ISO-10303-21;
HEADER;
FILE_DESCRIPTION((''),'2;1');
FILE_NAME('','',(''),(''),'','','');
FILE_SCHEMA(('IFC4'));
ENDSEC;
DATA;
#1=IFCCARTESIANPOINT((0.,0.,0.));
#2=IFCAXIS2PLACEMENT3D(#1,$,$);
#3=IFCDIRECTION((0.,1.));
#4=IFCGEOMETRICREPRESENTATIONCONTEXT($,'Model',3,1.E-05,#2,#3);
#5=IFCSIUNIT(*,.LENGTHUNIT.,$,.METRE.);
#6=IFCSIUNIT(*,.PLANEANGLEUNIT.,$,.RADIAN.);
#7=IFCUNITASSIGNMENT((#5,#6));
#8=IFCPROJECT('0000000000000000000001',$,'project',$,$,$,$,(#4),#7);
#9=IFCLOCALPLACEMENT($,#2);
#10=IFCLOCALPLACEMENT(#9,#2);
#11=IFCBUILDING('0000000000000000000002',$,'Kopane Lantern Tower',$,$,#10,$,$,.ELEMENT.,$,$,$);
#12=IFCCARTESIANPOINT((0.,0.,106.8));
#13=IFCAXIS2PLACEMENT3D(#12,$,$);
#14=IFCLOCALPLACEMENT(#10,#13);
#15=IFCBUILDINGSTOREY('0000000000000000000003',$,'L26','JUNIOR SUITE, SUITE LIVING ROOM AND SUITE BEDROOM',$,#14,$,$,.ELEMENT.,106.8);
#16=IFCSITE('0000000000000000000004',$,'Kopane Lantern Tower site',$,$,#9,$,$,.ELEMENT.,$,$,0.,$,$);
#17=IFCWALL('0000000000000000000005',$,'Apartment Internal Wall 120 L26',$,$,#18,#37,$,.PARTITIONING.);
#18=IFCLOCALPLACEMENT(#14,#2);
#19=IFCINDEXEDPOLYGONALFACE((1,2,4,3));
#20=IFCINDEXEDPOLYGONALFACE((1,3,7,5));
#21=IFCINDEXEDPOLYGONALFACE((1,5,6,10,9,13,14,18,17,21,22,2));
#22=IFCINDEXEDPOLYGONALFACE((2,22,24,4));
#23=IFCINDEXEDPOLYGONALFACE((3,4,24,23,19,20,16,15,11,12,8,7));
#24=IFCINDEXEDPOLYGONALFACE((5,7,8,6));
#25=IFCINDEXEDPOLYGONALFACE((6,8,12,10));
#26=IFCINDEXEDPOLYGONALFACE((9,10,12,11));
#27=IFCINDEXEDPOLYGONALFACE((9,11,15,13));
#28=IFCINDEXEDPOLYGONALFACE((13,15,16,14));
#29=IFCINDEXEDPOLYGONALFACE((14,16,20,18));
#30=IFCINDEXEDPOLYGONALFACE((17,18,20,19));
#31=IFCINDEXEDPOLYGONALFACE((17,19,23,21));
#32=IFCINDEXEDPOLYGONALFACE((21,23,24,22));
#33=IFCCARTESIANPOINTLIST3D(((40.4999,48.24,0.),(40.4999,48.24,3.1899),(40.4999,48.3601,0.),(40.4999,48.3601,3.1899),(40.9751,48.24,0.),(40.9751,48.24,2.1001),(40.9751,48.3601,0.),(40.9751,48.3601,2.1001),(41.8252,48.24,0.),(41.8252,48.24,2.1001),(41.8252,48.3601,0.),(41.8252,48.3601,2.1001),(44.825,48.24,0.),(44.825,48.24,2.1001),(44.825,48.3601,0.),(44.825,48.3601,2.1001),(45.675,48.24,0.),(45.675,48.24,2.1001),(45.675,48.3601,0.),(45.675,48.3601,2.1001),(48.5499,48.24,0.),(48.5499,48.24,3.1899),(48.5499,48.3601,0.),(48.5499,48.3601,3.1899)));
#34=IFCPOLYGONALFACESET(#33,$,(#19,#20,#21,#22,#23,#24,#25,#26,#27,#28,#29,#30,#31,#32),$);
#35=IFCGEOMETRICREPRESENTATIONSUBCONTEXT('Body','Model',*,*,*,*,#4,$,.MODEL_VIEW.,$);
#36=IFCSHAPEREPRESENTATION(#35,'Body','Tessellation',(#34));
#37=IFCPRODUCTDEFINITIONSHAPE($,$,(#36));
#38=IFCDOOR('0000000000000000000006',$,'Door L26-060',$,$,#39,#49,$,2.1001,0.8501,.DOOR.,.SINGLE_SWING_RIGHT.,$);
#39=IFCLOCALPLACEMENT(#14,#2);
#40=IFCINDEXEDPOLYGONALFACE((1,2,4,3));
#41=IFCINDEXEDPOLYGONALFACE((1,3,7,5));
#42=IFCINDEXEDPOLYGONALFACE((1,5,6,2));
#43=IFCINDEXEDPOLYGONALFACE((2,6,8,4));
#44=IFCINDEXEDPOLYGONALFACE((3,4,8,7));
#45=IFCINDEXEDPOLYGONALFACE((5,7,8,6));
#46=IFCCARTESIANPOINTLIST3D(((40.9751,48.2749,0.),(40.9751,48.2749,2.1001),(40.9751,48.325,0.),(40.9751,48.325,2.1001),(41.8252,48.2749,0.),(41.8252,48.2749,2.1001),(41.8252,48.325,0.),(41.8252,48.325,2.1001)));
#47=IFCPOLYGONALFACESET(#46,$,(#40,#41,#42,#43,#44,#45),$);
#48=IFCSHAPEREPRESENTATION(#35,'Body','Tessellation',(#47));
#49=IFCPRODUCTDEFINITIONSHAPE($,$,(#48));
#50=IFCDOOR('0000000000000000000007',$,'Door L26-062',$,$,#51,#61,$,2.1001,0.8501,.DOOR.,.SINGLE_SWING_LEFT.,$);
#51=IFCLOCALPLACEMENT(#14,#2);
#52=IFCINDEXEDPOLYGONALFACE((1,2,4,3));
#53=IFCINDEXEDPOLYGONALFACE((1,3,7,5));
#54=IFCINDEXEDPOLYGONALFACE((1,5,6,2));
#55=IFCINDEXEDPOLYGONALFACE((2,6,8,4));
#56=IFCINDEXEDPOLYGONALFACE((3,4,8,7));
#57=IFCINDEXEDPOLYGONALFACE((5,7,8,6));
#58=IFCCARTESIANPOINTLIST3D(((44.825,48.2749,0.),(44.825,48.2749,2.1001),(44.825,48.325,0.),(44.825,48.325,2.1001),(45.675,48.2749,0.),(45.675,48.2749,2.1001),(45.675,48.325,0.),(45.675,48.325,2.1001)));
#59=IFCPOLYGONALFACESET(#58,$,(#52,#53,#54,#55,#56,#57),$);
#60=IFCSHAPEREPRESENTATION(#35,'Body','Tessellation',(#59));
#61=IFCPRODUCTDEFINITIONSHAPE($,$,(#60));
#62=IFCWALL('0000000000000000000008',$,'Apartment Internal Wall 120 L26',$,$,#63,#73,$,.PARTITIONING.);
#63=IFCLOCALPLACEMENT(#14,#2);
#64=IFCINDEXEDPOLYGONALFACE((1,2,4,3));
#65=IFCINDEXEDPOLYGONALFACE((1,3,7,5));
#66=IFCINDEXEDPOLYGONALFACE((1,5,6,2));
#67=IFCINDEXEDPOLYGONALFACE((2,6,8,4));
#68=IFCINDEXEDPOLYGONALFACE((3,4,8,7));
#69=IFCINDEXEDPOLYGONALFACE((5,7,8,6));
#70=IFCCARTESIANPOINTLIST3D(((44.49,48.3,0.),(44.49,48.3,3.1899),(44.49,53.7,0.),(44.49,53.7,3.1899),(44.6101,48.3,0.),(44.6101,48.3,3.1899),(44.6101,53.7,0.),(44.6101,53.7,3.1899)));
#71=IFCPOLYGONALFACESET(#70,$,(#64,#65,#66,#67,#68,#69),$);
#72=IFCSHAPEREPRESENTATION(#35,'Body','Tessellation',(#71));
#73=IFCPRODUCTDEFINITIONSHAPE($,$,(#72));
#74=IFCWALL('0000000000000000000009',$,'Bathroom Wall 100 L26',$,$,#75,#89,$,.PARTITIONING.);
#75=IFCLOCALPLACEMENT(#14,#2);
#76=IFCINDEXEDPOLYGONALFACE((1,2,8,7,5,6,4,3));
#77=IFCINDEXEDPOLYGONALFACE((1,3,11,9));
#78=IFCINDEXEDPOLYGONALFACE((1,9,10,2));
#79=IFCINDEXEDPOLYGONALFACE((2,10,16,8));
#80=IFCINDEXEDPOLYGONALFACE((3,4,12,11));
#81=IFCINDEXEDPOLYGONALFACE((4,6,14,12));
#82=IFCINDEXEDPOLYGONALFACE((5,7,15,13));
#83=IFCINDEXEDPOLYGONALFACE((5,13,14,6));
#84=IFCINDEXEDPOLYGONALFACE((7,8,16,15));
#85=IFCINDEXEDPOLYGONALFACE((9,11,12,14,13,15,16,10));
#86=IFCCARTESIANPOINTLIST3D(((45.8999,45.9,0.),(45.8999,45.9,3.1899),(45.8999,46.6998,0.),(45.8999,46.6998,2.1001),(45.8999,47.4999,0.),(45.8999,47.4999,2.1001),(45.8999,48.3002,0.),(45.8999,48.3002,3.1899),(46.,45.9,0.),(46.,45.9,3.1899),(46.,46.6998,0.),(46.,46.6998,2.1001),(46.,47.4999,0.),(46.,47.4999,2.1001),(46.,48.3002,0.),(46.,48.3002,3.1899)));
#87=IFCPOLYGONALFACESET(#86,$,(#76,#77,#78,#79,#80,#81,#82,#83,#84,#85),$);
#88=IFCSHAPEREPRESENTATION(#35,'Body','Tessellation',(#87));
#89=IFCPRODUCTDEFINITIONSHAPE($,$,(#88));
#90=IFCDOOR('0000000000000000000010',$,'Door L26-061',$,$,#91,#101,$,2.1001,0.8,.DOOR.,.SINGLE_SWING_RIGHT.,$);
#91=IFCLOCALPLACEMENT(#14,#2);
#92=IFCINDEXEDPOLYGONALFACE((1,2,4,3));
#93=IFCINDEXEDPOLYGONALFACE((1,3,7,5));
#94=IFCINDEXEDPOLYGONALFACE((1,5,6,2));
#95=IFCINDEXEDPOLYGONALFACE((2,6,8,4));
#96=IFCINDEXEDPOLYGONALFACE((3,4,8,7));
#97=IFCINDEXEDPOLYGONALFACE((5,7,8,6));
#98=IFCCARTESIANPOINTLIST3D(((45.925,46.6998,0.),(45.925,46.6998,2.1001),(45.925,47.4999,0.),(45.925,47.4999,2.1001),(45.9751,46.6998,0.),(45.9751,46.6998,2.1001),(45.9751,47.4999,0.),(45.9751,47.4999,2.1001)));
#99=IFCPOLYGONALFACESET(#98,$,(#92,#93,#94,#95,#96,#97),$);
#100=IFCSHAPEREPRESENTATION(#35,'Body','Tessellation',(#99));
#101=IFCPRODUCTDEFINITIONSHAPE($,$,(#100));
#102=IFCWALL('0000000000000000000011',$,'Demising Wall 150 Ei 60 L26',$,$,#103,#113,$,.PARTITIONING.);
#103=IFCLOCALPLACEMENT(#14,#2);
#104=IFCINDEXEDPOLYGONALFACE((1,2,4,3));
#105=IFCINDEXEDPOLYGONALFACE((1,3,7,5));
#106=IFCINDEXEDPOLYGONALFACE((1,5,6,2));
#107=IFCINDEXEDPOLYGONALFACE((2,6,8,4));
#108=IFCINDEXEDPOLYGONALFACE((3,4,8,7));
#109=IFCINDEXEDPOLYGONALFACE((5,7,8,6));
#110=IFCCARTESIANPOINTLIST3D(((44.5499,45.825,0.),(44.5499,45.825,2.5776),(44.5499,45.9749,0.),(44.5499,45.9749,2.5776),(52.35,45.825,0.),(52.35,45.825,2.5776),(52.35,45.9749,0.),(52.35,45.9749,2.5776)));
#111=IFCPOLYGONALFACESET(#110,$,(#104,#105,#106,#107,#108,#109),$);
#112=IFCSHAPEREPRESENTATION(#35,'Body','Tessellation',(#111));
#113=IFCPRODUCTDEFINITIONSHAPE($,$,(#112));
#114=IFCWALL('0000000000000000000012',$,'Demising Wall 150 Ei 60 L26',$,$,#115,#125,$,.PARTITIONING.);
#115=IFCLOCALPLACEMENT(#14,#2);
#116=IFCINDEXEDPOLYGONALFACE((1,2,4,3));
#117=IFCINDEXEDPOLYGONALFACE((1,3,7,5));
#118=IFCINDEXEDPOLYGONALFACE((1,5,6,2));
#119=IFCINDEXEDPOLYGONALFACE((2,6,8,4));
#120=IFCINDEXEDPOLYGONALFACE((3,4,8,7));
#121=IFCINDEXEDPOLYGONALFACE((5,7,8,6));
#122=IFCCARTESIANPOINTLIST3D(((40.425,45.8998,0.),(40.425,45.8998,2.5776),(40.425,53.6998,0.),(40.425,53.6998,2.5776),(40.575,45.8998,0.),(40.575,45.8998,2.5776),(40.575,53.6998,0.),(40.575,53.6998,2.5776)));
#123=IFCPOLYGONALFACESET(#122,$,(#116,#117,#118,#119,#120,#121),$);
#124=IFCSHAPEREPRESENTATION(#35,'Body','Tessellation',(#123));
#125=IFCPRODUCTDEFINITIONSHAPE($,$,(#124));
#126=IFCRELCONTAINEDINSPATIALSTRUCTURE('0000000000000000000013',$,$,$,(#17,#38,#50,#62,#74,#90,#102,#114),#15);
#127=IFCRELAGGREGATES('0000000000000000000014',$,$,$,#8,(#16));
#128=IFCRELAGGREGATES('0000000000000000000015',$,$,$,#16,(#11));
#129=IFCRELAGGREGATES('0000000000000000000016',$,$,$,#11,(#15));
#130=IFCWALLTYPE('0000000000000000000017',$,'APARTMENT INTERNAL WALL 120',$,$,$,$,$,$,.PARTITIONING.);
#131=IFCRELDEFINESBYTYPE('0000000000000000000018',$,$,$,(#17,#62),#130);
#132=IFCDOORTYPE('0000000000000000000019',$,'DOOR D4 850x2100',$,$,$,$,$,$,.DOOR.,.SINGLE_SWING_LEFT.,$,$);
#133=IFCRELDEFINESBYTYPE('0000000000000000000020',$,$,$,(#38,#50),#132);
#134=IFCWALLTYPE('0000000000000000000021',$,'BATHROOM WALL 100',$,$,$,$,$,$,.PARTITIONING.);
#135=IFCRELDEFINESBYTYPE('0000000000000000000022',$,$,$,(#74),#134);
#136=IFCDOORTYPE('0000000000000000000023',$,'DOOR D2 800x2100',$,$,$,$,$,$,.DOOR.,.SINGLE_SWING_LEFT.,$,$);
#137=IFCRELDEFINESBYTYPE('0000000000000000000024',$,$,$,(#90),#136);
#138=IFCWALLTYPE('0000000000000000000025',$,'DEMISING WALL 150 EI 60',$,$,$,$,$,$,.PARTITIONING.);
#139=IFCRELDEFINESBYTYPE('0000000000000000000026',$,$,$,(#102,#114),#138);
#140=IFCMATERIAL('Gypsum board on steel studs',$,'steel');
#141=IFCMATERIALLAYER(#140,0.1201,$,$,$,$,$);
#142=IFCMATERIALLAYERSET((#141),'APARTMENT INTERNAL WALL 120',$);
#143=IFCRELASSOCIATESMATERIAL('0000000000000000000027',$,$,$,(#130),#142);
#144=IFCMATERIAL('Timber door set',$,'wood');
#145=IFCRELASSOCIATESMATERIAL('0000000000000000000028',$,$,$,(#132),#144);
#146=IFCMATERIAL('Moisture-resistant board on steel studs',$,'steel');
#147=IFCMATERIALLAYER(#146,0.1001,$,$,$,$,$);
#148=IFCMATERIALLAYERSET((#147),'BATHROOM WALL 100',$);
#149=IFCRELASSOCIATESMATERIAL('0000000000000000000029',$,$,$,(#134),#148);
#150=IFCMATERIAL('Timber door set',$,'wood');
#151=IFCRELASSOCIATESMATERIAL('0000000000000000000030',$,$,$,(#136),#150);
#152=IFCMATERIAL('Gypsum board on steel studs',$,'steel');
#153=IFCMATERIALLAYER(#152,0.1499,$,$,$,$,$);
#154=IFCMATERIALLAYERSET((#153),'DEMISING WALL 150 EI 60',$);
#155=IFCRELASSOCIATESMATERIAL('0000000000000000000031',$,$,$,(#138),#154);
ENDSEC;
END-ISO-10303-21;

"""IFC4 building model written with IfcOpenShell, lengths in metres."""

from ifc_helpers import new_model, si_unit, direction, frame, frame_2d, origin, place, context, subcontext, project, spatial, rectangle, extrude, material, layer, layer_set, type_object, element, fill, save


model = new_model("IFC4")

# Units and contexts
model_context = context("Model", 3, precision=1e-05, world=origin(), true_north=direction((0.0, 1.0)))
body_context = subcontext(model_context, "Body", "Model", "MODEL_VIEW")
ifc_project = project(units=[si_unit("LENGTHUNIT", "METRE"), si_unit("PLANEANGLEUNIT", "RADIAN")], contexts=[model_context])

# Site, building, storey
site_placement = place(None, origin())
site = spatial("IfcSite", under=ifc_project, at=site_placement, Name="Kopane Lantern Tower site", CompositionType="ELEMENT", RefElevation=0.0)
building_placement = place(site_placement, origin())
building = spatial("IfcBuilding", under=site, at=building_placement, Name="Kopane Lantern Tower", CompositionType="ELEMENT")
storey_placement = place(building_placement, frame((0.0, 0.0, 106.8)))
storey = spatial("IfcBuildingStorey", under=building, at=storey_placement, Name="L26", Description="JUNIOR SUITE, SUITE LIVING ROOM AND SUITE BEDROOM", CompositionType="ELEMENT", Elevation=106.8)

# Wall, openings, doors
ifc_material_1 = material(Name="Gypsum board on steel studs", Category="steel")
ifc_layer_1 = layer(ifc_material_1, 0.1201)
ifc_layer_set_1 = layer_set([ifc_layer_1], Name="APARTMENT INTERNAL WALL 120")
wall_type_1 = type_object("IfcWallType", Name="APARTMENT INTERNAL WALL 120", PredefinedType="PARTITIONING", material=ifc_layer_set_1)
wall_1_placement = place(storey_placement, frame((40.5, 48.3, 0.0), z_axis=(0.0, 0.0, 1.0), x_axis=(1.0, 0.0, 0.0)))
wall_1 = element("IfcWall", 1, at=wall_1_placement, inside=storey, type_object=wall_type_1, Name="Apartment Internal Wall 120 L26", PredefinedType="PARTITIONING", context=body_context, shape_type="SweptSolid", body=[
    extrude(rectangle(XDim=8.05, YDim=0.1201, at=frame_2d((4.0249, 0.0))), origin(), (0.0, 0.0, 1.0), 3.1899),
])
opening_1_placement = place(wall_1_placement, frame((0.4751, 0.0, 0.0)))
opening_1 = element("IfcOpeningElement", 2, at=opening_1_placement, cuts=wall_1, PredefinedType="OPENING", context=body_context, shape_type="SweptSolid", body=[
    extrude(rectangle(XDim=0.8501, YDim=2.1001, at=frame_2d((0.425, 1.05))), frame((0.0, 0.0701, 0.0), z_axis=(0.0, -1.0, 0.0), x_axis=(1.0, 0.0, 0.0)), (0.0, 0.0, 1.0), 0.1401),
])
opening_2_placement = place(wall_1_placement, frame((4.325, 0.0, 0.0)))
opening_2 = element("IfcOpeningElement", 3, at=opening_2_placement, cuts=wall_1, PredefinedType="OPENING", context=body_context, shape_type="SweptSolid", body=[
    extrude(rectangle(XDim=0.8501, YDim=2.1001, at=frame_2d((0.425, 1.05))), frame((0.0, 0.0701, 0.0), z_axis=(0.0, -1.0, 0.0), x_axis=(1.0, 0.0, 0.0)), (0.0, 0.0, 1.0), 0.1401),
])
ifc_material_2 = material(Name="Timber door set", Category="wood")
door_type_1 = type_object("IfcDoorType", Name="DOOR D4 850x2100", OperationType="SINGLE_SWING_LEFT", PredefinedType="DOOR", material=ifc_material_2)
door_1_placement = place(opening_1_placement, origin())
door_1 = element("IfcDoor", 4, at=door_1_placement, inside=storey, type_object=door_type_1, Name="Door L26-060", OperationType="SINGLE_SWING_RIGHT", OverallHeight=2.1001, OverallWidth=0.8501, PredefinedType="DOOR", context=body_context, shape_type="SweptSolid", body=[
    extrude(rectangle(XDim=0.8501, YDim=2.1001, at=frame_2d((0.425, 1.05))), frame((0.0, 0.0249, 0.0), z_axis=(0.0, -1.0, 0.0), x_axis=(1.0, 0.0, 0.0)), (0.0, 0.0, 1.0), 0.05),
])
fill(opening_1, door_1)
door_2_placement = place(opening_2_placement, origin())
door_2 = element("IfcDoor", 5, at=door_2_placement, inside=storey, type_object=door_type_1, Name="Door L26-062", OperationType="SINGLE_SWING_LEFT", OverallHeight=2.1001, OverallWidth=0.8501, PredefinedType="DOOR", context=body_context, shape_type="SweptSolid", body=[
    extrude(rectangle(XDim=0.8501, YDim=2.1001, at=frame_2d((0.425, 1.05))), frame((0.0, 0.0249, 0.0), z_axis=(0.0, -1.0, 0.0), x_axis=(1.0, 0.0, 0.0)), (0.0, 0.0, 1.0), 0.05),
])
fill(opening_2, door_2)

# Wall
wall_2_placement = place(storey_placement, frame((44.55, 48.3, 0.0), z_axis=(0.0, 0.0, 1.0), x_axis=(0.0, 1.0, 0.0)))
element("IfcWall", 6, at=wall_2_placement, inside=storey, type_object=wall_type_1, Name="Apartment Internal Wall 120 L26", PredefinedType="PARTITIONING", context=body_context, shape_type="SweptSolid", body=[
    extrude(rectangle(XDim=5.3999, YDim=0.1201, at=frame_2d((2.7, 0.0))), origin(), (0.0, 0.0, 1.0), 3.1899),
])

# Wall, opening, door
ifc_material_3 = material(Name="Moisture-resistant board on steel studs", Category="steel")
ifc_layer_2 = layer(ifc_material_3, 0.1001)
ifc_layer_set_2 = layer_set([ifc_layer_2], Name="BATHROOM WALL 100")
wall_type_2 = type_object("IfcWallType", Name="BATHROOM WALL 100", PredefinedType="PARTITIONING", material=ifc_layer_set_2)
wall_3_placement = place(storey_placement, frame((45.95, 45.8999, 0.0), z_axis=(0.0, 0.0, 1.0), x_axis=(0.0, 1.0, 0.0)))
wall_3 = element("IfcWall", 7, at=wall_3_placement, inside=storey, type_object=wall_type_2, Name="Bathroom Wall 100 L26", PredefinedType="PARTITIONING", context=body_context, shape_type="SweptSolid", body=[
    extrude(rectangle(XDim=2.4001, YDim=0.1001, at=frame_2d((1.2002, 0.0))), origin(), (0.0, 0.0, 1.0), 3.1899),
])
opening_3_placement = place(wall_3_placement, frame((0.8, 0.0, 0.0)))
opening_3 = element("IfcOpeningElement", 8, at=opening_3_placement, cuts=wall_3, PredefinedType="OPENING", context=body_context, shape_type="SweptSolid", body=[
    extrude(rectangle(XDim=0.8, YDim=2.1001, at=frame_2d((0.3999, 1.05))), frame((0.0, 0.0601, 0.0), z_axis=(0.0, -1.0, 0.0), x_axis=(1.0, 0.0, 0.0)), (0.0, 0.0, 1.0), 0.1201),
])
ifc_material_4 = material(Name="Timber door set", Category="wood")
door_type_2 = type_object("IfcDoorType", Name="DOOR D2 800x2100", OperationType="SINGLE_SWING_LEFT", PredefinedType="DOOR", material=ifc_material_4)
door_3_placement = place(opening_3_placement, origin())
door_3 = element("IfcDoor", 9, at=door_3_placement, inside=storey, type_object=door_type_2, Name="Door L26-061", OperationType="SINGLE_SWING_RIGHT", OverallHeight=2.1001, OverallWidth=0.8, PredefinedType="DOOR", context=body_context, shape_type="SweptSolid", body=[
    extrude(rectangle(XDim=0.8, YDim=2.1001, at=frame_2d((0.3999, 1.05))), frame((0.0, 0.0249, 0.0), z_axis=(0.0, -1.0, 0.0), x_axis=(1.0, 0.0, 0.0)), (0.0, 0.0, 1.0), 0.05),
])
fill(opening_3, door_3)

# Walls
ifc_material_5 = material(Name="Gypsum board on steel studs", Category="steel")
ifc_layer_3 = layer(ifc_material_5, 0.1499)
ifc_layer_set_3 = layer_set([ifc_layer_3], Name="DEMISING WALL 150 EI 60")
wall_type_3 = type_object("IfcWallType", Name="DEMISING WALL 150 EI 60", PredefinedType="PARTITIONING", material=ifc_layer_set_3)
for number, where, z_axis, x_axis, name in (
    (10, (44.55, 45.8999, 0.0), (0.0, 0.0, 1.0), (1.0, 0.0, 0.0), "Demising Wall 150 Ei 60 L26"),
    (11, (40.5, 45.8999, 0.0), (0.0, 0.0, 1.0), (0.0, 1.0, 0.0), "Demising Wall 150 Ei 60 L26"),
):
    element("IfcWall", number, at=place(storey_placement, frame(where, z_axis=z_axis, x_axis=x_axis)), inside=storey, type_object=wall_type_3, Name=name, PredefinedType="PARTITIONING", context=body_context, shape_type="SweptSolid", body=[
        extrude(rectangle(XDim=7.8, YDim=0.1499, at=frame_2d((3.8999, 0.0))), origin(), (0.0, 0.0, 1.0), 2.5776),
    ])

save(model, "model.ifc")
